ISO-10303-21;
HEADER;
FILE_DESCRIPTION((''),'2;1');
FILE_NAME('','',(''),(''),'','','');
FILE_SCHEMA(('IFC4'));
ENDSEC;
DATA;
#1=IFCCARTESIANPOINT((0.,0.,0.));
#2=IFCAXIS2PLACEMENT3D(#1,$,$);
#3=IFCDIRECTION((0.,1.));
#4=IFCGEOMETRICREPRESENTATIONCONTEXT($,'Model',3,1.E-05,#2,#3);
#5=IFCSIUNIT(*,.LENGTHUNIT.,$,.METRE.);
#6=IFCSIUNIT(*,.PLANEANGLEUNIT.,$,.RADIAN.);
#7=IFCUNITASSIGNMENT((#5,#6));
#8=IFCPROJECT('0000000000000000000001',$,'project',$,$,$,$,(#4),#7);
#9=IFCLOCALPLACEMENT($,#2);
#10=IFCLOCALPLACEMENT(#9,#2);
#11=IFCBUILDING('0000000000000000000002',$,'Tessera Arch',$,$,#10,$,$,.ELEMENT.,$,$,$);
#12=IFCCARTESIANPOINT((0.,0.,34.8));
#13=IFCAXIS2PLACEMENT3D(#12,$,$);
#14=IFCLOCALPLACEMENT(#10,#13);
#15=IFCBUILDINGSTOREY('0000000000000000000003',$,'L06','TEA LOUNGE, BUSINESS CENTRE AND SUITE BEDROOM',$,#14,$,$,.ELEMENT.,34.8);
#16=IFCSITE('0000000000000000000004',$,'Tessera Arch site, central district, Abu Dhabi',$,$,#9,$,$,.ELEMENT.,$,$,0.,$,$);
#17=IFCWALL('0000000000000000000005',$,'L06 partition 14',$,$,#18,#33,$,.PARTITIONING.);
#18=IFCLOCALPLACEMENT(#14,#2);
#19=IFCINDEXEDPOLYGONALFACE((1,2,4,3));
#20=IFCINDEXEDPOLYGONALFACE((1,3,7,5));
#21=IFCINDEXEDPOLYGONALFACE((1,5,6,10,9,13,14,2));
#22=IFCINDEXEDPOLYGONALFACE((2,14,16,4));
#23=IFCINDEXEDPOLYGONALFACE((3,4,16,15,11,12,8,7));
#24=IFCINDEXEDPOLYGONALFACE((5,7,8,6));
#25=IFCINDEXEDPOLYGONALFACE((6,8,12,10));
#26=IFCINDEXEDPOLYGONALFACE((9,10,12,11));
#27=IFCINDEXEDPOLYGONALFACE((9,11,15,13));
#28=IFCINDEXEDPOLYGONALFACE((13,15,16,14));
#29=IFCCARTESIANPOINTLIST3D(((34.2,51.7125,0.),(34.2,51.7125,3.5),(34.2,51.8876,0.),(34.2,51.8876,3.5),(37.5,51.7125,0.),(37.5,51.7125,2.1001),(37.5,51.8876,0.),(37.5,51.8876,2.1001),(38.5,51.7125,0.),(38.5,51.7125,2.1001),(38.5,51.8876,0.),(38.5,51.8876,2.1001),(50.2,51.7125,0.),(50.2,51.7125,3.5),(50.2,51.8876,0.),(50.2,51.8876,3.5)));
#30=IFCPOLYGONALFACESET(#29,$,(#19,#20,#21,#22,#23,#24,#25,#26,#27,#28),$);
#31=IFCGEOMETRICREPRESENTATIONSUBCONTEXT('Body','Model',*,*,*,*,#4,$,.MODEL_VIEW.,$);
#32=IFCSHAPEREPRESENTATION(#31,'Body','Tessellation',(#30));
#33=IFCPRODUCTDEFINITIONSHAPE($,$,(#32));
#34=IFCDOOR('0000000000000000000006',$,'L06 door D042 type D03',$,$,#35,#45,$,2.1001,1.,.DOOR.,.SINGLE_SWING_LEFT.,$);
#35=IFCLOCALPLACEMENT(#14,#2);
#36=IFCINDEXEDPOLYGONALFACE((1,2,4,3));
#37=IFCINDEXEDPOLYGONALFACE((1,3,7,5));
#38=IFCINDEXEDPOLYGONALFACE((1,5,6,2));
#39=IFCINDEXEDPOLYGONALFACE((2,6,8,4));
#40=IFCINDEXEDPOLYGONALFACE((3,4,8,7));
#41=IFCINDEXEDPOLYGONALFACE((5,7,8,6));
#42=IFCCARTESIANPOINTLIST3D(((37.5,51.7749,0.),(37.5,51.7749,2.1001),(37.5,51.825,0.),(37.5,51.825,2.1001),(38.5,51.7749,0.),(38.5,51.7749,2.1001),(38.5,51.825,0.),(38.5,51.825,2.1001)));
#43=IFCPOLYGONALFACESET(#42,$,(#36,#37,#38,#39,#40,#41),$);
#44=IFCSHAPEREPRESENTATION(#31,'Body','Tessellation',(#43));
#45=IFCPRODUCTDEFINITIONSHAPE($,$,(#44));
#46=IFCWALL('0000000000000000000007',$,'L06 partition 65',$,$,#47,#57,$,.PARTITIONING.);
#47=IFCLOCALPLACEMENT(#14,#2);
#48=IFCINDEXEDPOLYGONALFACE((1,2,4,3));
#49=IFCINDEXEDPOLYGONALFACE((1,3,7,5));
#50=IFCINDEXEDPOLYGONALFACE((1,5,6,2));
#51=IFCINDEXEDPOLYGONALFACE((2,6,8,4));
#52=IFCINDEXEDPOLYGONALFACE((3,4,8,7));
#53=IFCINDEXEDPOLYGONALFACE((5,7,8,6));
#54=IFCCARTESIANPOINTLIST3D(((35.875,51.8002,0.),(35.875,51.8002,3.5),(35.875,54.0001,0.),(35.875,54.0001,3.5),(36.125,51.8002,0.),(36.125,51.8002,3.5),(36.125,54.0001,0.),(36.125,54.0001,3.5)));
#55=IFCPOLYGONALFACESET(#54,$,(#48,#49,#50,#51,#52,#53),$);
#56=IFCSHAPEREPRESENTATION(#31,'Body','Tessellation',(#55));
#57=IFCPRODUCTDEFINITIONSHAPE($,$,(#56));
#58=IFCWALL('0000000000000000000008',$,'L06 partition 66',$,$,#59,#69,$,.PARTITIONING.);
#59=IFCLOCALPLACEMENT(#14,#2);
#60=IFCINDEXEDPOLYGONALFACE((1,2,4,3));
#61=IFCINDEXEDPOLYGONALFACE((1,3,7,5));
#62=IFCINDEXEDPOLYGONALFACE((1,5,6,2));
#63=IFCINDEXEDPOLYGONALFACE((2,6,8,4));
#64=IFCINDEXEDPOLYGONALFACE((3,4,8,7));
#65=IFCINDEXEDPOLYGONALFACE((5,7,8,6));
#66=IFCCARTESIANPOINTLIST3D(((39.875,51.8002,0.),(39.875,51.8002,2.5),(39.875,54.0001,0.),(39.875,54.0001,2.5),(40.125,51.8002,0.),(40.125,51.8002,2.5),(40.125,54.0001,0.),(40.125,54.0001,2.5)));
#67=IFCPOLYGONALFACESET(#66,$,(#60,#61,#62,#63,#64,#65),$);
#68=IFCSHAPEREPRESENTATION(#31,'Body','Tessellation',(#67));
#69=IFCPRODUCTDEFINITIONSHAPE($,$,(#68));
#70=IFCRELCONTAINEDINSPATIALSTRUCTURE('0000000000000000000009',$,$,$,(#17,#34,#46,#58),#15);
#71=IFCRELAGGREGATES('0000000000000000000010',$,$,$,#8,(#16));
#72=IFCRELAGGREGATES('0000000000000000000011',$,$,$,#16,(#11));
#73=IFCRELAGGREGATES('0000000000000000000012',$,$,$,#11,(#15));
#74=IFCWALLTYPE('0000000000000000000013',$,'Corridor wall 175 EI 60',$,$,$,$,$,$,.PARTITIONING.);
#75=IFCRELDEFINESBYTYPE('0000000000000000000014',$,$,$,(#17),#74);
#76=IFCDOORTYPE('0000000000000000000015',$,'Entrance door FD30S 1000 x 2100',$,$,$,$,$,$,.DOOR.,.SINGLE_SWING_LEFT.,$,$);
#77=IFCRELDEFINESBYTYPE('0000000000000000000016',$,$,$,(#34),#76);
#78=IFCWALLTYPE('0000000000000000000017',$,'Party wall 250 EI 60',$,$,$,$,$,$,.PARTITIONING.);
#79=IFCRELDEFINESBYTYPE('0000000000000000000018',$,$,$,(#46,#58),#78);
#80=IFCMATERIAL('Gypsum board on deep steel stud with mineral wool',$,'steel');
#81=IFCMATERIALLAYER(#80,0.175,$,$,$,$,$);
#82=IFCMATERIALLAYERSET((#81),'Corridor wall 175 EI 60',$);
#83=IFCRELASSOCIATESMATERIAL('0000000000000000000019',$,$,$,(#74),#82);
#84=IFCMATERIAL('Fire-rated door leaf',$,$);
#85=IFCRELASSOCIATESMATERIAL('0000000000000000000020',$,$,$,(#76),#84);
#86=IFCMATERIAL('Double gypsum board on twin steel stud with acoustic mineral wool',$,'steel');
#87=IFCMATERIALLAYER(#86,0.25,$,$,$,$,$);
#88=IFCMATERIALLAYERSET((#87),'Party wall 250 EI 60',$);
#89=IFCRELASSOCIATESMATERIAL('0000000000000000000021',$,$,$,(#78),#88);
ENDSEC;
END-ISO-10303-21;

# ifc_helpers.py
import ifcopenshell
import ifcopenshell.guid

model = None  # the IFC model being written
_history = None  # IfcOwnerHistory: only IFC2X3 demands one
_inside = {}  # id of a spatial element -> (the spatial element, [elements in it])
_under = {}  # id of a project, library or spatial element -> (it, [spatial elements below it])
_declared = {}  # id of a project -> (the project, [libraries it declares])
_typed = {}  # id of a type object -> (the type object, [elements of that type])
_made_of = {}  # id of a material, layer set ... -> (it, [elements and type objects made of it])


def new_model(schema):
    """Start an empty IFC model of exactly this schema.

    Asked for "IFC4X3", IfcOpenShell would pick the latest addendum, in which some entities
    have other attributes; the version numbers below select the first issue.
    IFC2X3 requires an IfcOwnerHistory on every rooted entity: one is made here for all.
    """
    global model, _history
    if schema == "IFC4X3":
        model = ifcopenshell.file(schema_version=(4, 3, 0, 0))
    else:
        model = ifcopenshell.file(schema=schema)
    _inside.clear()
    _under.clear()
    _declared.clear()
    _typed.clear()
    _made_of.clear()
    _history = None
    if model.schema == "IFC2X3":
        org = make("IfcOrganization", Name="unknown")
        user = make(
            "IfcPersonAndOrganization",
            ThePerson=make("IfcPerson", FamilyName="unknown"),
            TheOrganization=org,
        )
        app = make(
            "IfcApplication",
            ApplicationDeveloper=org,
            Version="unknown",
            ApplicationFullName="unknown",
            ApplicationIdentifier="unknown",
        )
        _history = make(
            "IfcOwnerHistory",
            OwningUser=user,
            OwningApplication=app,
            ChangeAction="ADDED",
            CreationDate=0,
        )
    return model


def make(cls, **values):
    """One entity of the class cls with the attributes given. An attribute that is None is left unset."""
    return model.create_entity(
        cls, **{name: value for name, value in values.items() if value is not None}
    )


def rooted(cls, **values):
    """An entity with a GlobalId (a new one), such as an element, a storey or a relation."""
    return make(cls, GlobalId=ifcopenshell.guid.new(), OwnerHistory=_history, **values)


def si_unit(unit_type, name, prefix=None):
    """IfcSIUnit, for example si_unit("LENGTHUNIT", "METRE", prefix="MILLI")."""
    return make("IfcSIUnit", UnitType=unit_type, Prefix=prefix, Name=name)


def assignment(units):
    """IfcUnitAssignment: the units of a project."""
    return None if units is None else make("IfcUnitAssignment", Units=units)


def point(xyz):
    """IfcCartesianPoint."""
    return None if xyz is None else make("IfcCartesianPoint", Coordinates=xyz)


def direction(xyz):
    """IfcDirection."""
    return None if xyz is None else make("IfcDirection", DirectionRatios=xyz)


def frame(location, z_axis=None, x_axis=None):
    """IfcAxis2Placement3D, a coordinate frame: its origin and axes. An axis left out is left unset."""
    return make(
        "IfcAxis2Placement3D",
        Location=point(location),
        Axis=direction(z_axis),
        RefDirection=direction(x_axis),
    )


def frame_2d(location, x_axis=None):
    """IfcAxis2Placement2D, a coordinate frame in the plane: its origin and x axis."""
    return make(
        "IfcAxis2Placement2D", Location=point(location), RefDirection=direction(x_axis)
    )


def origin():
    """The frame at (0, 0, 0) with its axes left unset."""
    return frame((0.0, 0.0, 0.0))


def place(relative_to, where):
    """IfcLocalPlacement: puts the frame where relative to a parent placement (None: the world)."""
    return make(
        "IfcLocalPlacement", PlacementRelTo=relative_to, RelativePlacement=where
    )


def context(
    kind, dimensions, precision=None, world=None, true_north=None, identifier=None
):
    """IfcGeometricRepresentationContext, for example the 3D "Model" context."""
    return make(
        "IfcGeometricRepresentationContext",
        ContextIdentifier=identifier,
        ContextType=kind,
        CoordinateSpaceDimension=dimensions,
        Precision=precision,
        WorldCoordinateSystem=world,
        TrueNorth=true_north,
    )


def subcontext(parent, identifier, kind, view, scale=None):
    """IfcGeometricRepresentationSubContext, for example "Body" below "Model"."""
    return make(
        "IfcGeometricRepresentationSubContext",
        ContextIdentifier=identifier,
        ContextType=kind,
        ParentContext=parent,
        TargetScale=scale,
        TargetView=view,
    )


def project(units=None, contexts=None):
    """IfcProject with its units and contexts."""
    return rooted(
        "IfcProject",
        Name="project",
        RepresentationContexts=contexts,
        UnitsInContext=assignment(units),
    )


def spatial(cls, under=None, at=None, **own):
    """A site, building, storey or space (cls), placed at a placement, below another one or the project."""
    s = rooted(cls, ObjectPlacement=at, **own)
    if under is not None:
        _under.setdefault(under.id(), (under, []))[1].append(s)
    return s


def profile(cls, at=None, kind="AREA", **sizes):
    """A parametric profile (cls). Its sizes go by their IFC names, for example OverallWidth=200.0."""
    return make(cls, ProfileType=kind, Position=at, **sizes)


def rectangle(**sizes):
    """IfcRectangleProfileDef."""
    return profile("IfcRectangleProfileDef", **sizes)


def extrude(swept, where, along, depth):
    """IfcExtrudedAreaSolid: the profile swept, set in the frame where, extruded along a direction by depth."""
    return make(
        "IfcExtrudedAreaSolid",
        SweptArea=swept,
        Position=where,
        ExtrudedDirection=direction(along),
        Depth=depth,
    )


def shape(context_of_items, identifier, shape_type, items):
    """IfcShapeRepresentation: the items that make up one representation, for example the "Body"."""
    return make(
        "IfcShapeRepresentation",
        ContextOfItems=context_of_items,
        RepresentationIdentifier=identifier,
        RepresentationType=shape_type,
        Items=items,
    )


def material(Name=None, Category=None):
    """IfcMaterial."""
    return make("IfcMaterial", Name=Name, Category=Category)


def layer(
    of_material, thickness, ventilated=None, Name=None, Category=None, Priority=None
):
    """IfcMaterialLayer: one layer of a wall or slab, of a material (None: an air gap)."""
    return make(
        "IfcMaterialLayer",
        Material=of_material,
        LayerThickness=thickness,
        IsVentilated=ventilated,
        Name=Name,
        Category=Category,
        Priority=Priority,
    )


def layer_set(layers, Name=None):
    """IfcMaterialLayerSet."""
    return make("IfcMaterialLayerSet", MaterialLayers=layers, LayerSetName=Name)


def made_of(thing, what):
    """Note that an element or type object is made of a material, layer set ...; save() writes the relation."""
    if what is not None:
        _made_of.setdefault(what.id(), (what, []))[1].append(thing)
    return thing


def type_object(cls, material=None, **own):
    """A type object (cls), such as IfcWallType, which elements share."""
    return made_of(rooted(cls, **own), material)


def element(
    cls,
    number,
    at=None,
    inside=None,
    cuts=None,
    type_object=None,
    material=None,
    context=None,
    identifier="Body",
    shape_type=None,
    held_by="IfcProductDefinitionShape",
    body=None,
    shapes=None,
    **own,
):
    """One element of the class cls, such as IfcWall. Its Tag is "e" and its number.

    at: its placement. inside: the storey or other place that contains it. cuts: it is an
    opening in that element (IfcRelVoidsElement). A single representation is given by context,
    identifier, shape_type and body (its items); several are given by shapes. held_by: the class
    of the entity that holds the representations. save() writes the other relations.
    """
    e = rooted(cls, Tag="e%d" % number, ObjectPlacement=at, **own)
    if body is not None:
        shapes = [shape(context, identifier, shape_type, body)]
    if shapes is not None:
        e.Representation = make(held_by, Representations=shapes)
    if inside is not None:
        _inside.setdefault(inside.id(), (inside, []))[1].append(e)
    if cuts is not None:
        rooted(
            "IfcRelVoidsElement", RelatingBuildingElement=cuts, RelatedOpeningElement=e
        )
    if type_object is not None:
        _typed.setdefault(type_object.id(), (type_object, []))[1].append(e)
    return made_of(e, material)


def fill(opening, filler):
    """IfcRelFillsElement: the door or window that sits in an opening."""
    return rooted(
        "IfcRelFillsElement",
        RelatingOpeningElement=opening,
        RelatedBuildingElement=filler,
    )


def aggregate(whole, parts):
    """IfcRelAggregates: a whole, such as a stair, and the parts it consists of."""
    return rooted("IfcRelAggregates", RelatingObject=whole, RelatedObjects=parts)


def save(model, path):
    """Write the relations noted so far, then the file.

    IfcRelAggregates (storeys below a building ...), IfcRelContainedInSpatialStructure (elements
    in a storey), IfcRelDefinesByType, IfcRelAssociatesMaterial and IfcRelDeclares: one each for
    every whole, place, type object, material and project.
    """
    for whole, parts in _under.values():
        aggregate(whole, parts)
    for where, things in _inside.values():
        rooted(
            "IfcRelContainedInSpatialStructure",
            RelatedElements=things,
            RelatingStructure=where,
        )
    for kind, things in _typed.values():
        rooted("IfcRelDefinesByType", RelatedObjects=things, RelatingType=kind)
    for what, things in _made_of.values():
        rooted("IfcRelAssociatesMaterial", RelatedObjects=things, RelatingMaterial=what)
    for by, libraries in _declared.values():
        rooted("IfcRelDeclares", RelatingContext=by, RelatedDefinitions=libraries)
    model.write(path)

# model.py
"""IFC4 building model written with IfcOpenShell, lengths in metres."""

from ifc_helpers import new_model, si_unit, direction, frame, frame_2d, origin, place, context, subcontext, project, spatial, rectangle, extrude, material, layer, layer_set, type_object, element, fill, save


model = new_model("IFC4")

# Units and contexts
model_context = context("Model", 3, precision=1e-05, world=origin(), true_north=direction((0.0, 1.0)))
body_context = subcontext(model_context, "Body", "Model", "MODEL_VIEW")
ifc_project = project(units=[si_unit("LENGTHUNIT", "METRE"), si_unit("PLANEANGLEUNIT", "RADIAN")], contexts=[model_context])

# Site, building, storey
site_placement = place(None, origin())
site = spatial("IfcSite", under=ifc_project, at=site_placement, Name="Tessera Arch site, central district, Abu Dhabi", CompositionType="ELEMENT", RefElevation=0.0)
building_placement = place(site_placement, origin())
building = spatial("IfcBuilding", under=site, at=building_placement, Name="Tessera Arch", CompositionType="ELEMENT")
storey_placement = place(building_placement, frame((0.0, 0.0, 34.8)))
storey = spatial("IfcBuildingStorey", under=building, at=storey_placement, Name="L06", Description="TEA LOUNGE, BUSINESS CENTRE AND SUITE BEDROOM", CompositionType="ELEMENT", Elevation=34.8)

# Wall, opening, door
ifc_material_1 = material(Name="Gypsum board on deep steel stud with mineral wool", Category="steel")
ifc_layer_1 = layer(ifc_material_1, 0.175)
ifc_layer_set_1 = layer_set([ifc_layer_1], Name="Corridor wall 175 EI 60")
wall_type_1 = type_object("IfcWallType", Name="Corridor wall 175 EI 60", PredefinedType="PARTITIONING", material=ifc_layer_set_1)
wall_1_placement = place(storey_placement, frame((34.2, 51.8, 0.0), z_axis=(0.0, 0.0, 1.0), x_axis=(1.0, 0.0, 0.0)))
wall_1 = element("IfcWall", 1, at=wall_1_placement, inside=storey, type_object=wall_type_1, Name="L06 partition 14", PredefinedType="PARTITIONING", context=body_context, shape_type="SweptSolid", body=[
    extrude(rectangle(XDim=16.0, YDim=0.175, at=frame_2d((8.0, 0.0))), origin(), (0.0, 0.0, 1.0), 3.5),
])
opening_placement = place(wall_1_placement, frame((3.3, 0.0, 0.0)))
opening = element("IfcOpeningElement", 2, at=opening_placement, cuts=wall_1, PredefinedType="OPENING", context=body_context, shape_type="SweptSolid", body=[
    extrude(rectangle(XDim=1.0, YDim=2.1001, at=frame_2d((0.5, 1.05))), frame((0.0, 0.0974, 0.0), z_axis=(0.0, -1.0, 0.0), x_axis=(1.0, 0.0, 0.0)), (0.0, 0.0, 1.0), 0.1951),
])
ifc_material_2 = material(Name="Fire-rated door leaf")
door_type = type_object("IfcDoorType", Name="Entrance door FD30S 1000 x 2100", OperationType="SINGLE_SWING_LEFT", PredefinedType="DOOR", material=ifc_material_2)
door_placement = place(opening_placement, origin())
door = element("IfcDoor", 3, at=door_placement, inside=storey, type_object=door_type, Name="L06 door D042 type D03", OperationType="SINGLE_SWING_LEFT", OverallHeight=2.1001, OverallWidth=1.0, PredefinedType="DOOR", context=body_context, shape_type="SweptSolid", body=[
    extrude(rectangle(XDim=1.0, YDim=2.1001, at=frame_2d((0.5, 1.05))), frame((0.0, 0.0249, 0.0), z_axis=(0.0, -1.0, 0.0), x_axis=(1.0, 0.0, 0.0)), (0.0, 0.0, 1.0), 0.05),
])
fill(opening, door)

# Walls
ifc_material_3 = material(Name="Double gypsum board on twin steel stud with acoustic mineral wool", Category="steel")
ifc_layer_2 = layer(ifc_material_3, 0.25)
ifc_layer_set_2 = layer_set([ifc_layer_2], Name="Party wall 250 EI 60")
wall_type_2 = type_object("IfcWallType", Name="Party wall 250 EI 60", PredefinedType="PARTITIONING", material=ifc_layer_set_2)
wall_2_placement = place(storey_placement, frame((36.0, 51.8, 0.0), z_axis=(0.0, 0.0, 1.0), x_axis=(0.0, 1.0, 0.0)))
element("IfcWall", 4, at=wall_2_placement, inside=storey, type_object=wall_type_2, Name="L06 partition 65", PredefinedType="PARTITIONING", context=body_context, shape_type="SweptSolid", body=[
    extrude(rectangle(XDim=2.2, YDim=0.25, at=frame_2d((1.1001, 0.0))), origin(), (0.0, 0.0, 1.0), 3.5),
])
wall_3_placement = place(storey_placement, frame((40.0, 51.8, 0.0), z_axis=(0.0, 0.0, 1.0), x_axis=(0.0, 1.0, 0.0)))
element("IfcWall", 5, at=wall_3_placement, inside=storey, type_object=wall_type_2, Name="L06 partition 66", PredefinedType="PARTITIONING", context=body_context, shape_type="SweptSolid", body=[
    extrude(rectangle(XDim=2.2, YDim=0.25, at=frame_2d((1.1001, 0.0))), origin(), (0.0, 0.0, 1.0), 2.5),
])

save(model, "model.ifc")
